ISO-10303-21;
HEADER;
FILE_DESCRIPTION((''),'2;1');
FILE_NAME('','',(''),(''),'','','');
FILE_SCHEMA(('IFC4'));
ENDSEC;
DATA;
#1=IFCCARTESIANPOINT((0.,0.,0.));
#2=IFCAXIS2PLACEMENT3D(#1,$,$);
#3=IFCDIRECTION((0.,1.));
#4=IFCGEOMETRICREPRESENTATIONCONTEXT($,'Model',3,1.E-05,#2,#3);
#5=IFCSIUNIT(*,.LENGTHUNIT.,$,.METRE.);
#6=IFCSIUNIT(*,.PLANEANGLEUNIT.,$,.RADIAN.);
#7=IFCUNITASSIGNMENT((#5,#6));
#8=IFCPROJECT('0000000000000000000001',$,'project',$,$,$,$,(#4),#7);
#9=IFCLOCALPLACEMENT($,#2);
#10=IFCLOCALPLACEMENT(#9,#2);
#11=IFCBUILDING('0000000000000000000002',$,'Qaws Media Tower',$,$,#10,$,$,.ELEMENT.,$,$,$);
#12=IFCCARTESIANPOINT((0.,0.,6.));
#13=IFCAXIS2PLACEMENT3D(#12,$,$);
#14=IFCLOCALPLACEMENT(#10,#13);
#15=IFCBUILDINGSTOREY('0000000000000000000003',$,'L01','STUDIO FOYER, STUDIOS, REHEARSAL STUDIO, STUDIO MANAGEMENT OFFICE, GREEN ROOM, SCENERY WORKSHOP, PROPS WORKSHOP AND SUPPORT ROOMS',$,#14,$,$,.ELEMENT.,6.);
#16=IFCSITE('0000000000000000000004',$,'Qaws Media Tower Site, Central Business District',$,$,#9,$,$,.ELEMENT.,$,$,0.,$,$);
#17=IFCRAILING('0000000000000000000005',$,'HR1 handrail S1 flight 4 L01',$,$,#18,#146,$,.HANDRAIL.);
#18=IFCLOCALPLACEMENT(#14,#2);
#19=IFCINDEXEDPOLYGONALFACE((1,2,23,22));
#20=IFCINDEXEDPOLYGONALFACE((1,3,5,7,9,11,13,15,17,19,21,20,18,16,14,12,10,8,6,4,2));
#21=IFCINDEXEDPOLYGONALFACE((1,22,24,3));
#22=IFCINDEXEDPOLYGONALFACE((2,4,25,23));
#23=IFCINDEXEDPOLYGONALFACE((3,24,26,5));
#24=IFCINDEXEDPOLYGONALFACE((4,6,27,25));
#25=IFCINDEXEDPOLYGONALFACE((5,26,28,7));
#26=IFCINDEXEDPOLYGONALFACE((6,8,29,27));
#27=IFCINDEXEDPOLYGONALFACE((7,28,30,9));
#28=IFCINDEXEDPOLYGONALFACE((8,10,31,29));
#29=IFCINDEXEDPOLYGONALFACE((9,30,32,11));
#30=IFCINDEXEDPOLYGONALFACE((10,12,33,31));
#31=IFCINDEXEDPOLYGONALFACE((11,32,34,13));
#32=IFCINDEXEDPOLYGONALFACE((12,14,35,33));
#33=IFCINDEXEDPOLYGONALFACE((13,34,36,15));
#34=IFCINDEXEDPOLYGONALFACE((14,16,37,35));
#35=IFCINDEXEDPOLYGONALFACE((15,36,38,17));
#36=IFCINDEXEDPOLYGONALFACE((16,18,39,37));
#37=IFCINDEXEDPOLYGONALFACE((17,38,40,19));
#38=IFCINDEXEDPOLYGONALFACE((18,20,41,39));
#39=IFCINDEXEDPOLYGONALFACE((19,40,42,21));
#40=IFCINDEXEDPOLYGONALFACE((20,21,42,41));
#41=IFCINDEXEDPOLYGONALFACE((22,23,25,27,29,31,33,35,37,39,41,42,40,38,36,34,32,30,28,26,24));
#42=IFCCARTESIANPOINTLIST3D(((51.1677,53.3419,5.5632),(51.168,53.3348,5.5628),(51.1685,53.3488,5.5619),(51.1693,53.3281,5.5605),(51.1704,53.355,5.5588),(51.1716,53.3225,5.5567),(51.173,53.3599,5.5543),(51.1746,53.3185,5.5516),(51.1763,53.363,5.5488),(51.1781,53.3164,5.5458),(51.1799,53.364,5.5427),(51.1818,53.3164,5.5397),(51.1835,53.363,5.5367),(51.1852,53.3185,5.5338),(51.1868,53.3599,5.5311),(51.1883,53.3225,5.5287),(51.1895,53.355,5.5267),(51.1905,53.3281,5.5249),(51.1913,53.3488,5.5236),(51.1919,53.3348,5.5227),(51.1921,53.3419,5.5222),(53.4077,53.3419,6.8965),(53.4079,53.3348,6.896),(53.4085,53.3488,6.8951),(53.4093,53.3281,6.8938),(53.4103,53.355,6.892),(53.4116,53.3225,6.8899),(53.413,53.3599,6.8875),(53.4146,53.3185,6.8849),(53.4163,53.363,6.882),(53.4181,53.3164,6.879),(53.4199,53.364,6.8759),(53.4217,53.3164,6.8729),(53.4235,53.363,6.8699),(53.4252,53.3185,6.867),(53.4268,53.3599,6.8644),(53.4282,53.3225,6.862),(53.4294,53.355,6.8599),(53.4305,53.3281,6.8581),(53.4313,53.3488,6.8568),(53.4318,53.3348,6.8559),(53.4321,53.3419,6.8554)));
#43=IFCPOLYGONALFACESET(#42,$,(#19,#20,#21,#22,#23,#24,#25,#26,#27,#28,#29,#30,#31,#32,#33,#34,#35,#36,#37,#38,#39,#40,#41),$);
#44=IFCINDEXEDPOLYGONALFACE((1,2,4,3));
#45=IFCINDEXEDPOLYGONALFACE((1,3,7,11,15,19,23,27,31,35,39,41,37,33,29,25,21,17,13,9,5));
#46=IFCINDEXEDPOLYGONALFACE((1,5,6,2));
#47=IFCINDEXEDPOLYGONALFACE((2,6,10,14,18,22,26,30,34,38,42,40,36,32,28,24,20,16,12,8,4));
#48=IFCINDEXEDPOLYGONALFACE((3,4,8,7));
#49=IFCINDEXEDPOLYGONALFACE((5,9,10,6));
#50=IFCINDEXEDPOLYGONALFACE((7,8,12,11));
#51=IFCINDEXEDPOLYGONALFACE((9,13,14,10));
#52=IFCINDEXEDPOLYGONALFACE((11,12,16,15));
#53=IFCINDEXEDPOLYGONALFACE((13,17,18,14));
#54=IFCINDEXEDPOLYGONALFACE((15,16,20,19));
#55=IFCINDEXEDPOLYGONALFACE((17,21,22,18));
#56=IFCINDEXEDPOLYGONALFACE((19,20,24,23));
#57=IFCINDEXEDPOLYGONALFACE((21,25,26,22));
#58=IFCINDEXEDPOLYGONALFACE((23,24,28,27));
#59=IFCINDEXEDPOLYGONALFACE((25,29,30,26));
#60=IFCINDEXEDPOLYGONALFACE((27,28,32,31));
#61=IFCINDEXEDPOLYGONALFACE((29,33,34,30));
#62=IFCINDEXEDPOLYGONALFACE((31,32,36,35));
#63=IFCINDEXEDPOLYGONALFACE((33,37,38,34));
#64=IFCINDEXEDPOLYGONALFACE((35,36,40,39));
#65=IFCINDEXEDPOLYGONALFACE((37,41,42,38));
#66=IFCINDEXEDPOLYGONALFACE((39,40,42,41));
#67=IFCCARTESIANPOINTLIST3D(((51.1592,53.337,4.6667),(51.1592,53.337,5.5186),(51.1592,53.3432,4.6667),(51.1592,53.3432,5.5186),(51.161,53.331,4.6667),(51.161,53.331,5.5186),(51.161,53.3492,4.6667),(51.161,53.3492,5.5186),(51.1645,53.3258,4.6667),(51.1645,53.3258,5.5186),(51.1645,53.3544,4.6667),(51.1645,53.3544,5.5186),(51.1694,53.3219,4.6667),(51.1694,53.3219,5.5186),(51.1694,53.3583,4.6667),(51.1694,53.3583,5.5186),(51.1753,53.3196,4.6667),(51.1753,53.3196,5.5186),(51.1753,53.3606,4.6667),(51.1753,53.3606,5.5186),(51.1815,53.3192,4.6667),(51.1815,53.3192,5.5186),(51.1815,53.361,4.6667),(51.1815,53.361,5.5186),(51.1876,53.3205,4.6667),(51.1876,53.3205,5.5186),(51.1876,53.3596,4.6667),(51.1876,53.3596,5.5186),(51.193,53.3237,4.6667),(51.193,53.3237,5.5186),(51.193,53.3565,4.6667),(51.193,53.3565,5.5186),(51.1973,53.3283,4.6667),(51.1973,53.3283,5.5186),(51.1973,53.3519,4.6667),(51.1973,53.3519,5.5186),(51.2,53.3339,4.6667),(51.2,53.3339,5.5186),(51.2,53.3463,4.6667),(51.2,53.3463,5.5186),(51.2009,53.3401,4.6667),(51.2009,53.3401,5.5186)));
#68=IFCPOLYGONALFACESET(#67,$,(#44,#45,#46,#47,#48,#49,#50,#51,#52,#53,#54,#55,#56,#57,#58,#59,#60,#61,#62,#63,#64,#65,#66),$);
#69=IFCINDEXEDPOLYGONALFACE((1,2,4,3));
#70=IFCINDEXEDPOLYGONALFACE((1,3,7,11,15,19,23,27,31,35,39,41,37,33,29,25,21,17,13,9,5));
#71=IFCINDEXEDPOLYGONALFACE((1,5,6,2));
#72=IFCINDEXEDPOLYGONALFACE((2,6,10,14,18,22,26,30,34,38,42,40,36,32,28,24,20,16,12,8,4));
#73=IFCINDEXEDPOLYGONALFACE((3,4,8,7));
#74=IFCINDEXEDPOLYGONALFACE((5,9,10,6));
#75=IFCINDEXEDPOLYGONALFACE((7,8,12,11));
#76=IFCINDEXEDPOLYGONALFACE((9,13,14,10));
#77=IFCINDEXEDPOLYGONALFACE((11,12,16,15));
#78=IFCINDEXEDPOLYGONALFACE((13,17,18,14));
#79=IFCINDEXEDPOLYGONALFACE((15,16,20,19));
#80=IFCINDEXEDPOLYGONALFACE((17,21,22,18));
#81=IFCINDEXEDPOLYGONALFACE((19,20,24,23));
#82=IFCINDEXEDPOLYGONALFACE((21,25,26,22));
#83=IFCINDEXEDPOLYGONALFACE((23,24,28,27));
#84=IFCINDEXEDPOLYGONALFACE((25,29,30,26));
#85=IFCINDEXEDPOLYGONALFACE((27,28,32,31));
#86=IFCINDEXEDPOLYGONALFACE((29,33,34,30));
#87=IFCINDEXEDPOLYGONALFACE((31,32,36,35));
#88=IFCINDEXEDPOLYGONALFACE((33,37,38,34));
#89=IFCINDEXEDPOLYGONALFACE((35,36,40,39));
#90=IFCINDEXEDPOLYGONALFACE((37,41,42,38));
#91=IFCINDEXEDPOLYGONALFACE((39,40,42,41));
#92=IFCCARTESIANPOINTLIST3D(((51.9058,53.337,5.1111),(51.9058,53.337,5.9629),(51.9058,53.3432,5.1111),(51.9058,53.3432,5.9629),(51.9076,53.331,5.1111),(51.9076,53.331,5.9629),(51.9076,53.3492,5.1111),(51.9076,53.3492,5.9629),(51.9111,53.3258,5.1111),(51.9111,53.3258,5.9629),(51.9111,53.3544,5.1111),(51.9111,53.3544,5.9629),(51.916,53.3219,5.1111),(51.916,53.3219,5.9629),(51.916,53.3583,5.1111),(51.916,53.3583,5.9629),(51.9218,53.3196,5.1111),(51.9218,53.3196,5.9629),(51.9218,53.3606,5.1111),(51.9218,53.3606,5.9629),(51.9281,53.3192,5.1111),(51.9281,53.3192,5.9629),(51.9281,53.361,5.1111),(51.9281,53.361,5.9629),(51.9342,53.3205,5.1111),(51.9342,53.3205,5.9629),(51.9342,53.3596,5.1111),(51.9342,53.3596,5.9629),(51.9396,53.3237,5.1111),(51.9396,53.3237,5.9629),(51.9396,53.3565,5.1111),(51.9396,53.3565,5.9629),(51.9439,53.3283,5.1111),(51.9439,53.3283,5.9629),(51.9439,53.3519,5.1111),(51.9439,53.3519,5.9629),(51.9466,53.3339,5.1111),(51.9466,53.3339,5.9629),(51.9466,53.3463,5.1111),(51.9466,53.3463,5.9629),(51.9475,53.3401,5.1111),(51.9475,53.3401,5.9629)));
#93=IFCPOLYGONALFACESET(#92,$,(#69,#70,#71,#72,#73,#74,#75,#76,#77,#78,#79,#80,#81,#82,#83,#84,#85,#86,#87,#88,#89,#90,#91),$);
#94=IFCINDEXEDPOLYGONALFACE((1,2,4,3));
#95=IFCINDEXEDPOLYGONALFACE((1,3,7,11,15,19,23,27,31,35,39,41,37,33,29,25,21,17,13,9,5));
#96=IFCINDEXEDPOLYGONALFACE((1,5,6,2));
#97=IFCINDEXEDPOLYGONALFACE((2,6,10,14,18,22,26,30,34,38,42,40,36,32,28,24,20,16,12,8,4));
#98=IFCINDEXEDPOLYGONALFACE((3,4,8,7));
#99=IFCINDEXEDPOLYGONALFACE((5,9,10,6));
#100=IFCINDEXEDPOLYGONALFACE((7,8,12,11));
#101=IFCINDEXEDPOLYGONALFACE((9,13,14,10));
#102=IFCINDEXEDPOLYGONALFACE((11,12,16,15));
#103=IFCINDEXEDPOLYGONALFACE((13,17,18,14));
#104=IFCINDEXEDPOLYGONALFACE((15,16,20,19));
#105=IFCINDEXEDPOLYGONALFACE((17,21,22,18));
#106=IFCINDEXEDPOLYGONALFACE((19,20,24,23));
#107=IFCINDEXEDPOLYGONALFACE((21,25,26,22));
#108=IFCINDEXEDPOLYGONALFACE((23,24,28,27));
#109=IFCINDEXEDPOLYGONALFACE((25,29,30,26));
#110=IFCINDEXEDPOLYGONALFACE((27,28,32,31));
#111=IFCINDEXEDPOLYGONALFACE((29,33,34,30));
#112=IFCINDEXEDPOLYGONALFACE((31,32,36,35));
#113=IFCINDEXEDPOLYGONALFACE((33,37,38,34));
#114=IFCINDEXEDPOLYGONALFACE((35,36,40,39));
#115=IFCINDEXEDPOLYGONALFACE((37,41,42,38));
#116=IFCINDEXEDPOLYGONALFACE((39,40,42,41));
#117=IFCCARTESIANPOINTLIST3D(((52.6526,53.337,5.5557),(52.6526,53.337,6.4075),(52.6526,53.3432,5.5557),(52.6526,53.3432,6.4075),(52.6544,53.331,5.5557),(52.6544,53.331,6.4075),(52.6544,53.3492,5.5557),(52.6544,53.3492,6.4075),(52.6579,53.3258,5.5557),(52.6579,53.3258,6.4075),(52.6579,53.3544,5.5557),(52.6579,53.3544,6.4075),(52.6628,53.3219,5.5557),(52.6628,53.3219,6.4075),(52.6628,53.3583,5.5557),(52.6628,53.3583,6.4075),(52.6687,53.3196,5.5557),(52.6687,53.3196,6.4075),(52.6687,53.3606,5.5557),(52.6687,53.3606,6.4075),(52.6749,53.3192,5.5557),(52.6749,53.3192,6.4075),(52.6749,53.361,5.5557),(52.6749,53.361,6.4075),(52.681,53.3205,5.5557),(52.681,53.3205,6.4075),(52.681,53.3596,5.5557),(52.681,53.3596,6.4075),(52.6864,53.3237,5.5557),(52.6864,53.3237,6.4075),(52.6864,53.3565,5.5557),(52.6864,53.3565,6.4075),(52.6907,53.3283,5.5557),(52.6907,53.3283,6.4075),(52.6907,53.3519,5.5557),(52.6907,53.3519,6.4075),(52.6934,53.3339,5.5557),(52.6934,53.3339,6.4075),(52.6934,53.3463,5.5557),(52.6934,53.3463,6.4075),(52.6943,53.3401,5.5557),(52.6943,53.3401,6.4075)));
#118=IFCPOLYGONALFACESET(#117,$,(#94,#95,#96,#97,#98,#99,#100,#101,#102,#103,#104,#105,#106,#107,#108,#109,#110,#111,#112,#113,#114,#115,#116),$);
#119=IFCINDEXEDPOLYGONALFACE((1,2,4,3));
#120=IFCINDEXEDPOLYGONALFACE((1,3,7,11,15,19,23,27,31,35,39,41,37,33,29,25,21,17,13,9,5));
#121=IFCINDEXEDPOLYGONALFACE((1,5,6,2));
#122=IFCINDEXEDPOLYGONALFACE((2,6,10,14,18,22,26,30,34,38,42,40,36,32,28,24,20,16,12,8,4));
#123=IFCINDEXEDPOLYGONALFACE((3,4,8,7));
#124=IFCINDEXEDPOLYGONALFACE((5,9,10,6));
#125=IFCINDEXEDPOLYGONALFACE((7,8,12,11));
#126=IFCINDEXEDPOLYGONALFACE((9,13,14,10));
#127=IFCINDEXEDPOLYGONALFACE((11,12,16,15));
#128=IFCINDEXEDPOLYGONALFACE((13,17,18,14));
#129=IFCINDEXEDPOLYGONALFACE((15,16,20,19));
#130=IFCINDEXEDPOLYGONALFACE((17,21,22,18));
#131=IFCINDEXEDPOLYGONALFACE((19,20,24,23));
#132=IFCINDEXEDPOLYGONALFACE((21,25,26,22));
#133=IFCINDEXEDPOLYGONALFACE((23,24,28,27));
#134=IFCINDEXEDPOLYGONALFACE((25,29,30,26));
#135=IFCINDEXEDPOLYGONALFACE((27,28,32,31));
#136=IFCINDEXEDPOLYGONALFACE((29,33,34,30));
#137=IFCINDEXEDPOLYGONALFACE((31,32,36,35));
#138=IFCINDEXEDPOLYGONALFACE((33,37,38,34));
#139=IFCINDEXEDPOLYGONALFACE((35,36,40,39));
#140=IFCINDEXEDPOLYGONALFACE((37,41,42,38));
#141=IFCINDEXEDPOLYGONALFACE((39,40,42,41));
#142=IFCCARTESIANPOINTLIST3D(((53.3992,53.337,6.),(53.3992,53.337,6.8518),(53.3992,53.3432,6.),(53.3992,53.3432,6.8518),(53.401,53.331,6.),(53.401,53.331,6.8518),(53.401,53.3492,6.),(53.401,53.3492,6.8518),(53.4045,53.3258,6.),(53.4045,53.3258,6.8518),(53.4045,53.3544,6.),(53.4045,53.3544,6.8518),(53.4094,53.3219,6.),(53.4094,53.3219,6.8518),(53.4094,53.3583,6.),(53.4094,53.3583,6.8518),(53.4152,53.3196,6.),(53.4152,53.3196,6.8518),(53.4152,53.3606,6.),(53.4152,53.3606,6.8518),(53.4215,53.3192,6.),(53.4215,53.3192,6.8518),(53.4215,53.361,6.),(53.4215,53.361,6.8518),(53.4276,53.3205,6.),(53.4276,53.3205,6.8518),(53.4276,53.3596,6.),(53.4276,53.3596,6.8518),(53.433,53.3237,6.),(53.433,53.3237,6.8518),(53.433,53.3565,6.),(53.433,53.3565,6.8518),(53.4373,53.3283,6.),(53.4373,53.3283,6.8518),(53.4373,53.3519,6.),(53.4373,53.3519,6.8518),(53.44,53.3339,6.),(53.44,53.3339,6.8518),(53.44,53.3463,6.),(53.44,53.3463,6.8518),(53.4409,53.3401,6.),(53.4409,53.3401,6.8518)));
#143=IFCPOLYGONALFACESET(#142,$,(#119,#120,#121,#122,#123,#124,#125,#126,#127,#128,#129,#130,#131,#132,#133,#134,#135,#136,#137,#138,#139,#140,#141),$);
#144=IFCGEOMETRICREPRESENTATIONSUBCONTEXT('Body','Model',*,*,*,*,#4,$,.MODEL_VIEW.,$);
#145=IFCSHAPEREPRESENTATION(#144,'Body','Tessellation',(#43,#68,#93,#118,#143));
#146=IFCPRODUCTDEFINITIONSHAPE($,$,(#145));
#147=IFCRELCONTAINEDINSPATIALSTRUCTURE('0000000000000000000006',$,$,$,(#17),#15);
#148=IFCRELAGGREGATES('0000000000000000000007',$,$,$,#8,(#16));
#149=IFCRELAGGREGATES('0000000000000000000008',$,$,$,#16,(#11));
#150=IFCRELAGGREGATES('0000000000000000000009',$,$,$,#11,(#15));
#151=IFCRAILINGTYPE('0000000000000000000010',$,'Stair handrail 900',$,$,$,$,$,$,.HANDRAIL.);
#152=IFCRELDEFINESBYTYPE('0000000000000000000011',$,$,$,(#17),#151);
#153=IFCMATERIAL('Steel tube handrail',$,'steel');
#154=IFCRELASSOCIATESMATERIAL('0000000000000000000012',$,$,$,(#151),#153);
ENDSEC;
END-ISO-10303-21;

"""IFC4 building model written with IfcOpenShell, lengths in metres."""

from ifc_helpers import new_model, si_unit, direction, frame, origin, origin_2d, place, context, subcontext, project, spatial, circle, extrude, material, type_object, element, save


model = new_model("IFC4")

# Units and contexts
model_context = context("Model", 3, precision=1e-05, world=origin(), true_north=direction((0.0, 1.0)))
body_context = subcontext(model_context, "Body", "Model", "MODEL_VIEW")
ifc_project = project(units=[si_unit("LENGTHUNIT", "METRE"), si_unit("PLANEANGLEUNIT", "RADIAN")], contexts=[model_context])

# Site, building, storey
site_placement = place(None, origin())
site = spatial("IfcSite", under=ifc_project, at=site_placement, Name="Qaws Media Tower Site, Central Business District", CompositionType="ELEMENT", RefElevation=0.0)
building_placement = place(site_placement, origin())
building = spatial("IfcBuilding", under=site, at=building_placement, Name="Qaws Media Tower", CompositionType="ELEMENT")
storey_placement = place(building_placement, frame((0.0, 0.0, 6.0)))
storey = spatial("IfcBuildingStorey", under=building, at=storey_placement, Name="L01", Description="STUDIO FOYER, STUDIOS, REHEARSAL STUDIO, STUDIO MANAGEMENT OFFICE, GREEN ROOM, SCENERY WORKSHOP, PROPS WORKSHOP AND SUPPORT ROOMS", CompositionType="ELEMENT", Elevation=6.0)

# Railing
ifc_material_1 = material(Name="Steel tube handrail", Category="steel")
railing_type = type_object("IfcRailingType", Name="Stair handrail 900", PredefinedType="HANDRAIL", material=ifc_material_1)
for number, where, name in (
    (1, (51.1799, 53.3401, 4.6667), "HR1 handrail S1 flight 4 L01"),
):
    element("IfcRailing", number, at=place(storey_placement, frame(where)), inside=storey, type_object=railing_type, Name=name, PredefinedType="HANDRAIL", context=body_context, shape_type="SweptSolid", body=[
        extrude(circle(Radius=0.0239, at=origin_2d()), frame((0.0, 0.0, 0.876), z_axis=(0.859306, 0.0, 0.511462), x_axis=(0.0, 1.0, 0.0)), (0.0, 0.0, 1.0), 2.6067),
        extrude(circle(Radius=0.021, at=origin_2d()), origin(), (0.0, 0.0, 1.0), 0.8518),
        extrude(circle(Radius=0.021, at=origin_2d()), frame((0.7466, 0.0, 0.4443)), (0.0, 0.0, 1.0), 0.8518),
        extrude(circle(Radius=0.021, at=origin_2d()), frame((1.4934, 0.0, 0.8889)), (0.0, 0.0, 1.0), 0.8518),
        extrude(circle(Radius=0.021, at=origin_2d()), frame((2.24, 0.0, 1.3333)), (0.0, 0.0, 1.0), 0.8518),
    ])

save(model, "model.ifc")
